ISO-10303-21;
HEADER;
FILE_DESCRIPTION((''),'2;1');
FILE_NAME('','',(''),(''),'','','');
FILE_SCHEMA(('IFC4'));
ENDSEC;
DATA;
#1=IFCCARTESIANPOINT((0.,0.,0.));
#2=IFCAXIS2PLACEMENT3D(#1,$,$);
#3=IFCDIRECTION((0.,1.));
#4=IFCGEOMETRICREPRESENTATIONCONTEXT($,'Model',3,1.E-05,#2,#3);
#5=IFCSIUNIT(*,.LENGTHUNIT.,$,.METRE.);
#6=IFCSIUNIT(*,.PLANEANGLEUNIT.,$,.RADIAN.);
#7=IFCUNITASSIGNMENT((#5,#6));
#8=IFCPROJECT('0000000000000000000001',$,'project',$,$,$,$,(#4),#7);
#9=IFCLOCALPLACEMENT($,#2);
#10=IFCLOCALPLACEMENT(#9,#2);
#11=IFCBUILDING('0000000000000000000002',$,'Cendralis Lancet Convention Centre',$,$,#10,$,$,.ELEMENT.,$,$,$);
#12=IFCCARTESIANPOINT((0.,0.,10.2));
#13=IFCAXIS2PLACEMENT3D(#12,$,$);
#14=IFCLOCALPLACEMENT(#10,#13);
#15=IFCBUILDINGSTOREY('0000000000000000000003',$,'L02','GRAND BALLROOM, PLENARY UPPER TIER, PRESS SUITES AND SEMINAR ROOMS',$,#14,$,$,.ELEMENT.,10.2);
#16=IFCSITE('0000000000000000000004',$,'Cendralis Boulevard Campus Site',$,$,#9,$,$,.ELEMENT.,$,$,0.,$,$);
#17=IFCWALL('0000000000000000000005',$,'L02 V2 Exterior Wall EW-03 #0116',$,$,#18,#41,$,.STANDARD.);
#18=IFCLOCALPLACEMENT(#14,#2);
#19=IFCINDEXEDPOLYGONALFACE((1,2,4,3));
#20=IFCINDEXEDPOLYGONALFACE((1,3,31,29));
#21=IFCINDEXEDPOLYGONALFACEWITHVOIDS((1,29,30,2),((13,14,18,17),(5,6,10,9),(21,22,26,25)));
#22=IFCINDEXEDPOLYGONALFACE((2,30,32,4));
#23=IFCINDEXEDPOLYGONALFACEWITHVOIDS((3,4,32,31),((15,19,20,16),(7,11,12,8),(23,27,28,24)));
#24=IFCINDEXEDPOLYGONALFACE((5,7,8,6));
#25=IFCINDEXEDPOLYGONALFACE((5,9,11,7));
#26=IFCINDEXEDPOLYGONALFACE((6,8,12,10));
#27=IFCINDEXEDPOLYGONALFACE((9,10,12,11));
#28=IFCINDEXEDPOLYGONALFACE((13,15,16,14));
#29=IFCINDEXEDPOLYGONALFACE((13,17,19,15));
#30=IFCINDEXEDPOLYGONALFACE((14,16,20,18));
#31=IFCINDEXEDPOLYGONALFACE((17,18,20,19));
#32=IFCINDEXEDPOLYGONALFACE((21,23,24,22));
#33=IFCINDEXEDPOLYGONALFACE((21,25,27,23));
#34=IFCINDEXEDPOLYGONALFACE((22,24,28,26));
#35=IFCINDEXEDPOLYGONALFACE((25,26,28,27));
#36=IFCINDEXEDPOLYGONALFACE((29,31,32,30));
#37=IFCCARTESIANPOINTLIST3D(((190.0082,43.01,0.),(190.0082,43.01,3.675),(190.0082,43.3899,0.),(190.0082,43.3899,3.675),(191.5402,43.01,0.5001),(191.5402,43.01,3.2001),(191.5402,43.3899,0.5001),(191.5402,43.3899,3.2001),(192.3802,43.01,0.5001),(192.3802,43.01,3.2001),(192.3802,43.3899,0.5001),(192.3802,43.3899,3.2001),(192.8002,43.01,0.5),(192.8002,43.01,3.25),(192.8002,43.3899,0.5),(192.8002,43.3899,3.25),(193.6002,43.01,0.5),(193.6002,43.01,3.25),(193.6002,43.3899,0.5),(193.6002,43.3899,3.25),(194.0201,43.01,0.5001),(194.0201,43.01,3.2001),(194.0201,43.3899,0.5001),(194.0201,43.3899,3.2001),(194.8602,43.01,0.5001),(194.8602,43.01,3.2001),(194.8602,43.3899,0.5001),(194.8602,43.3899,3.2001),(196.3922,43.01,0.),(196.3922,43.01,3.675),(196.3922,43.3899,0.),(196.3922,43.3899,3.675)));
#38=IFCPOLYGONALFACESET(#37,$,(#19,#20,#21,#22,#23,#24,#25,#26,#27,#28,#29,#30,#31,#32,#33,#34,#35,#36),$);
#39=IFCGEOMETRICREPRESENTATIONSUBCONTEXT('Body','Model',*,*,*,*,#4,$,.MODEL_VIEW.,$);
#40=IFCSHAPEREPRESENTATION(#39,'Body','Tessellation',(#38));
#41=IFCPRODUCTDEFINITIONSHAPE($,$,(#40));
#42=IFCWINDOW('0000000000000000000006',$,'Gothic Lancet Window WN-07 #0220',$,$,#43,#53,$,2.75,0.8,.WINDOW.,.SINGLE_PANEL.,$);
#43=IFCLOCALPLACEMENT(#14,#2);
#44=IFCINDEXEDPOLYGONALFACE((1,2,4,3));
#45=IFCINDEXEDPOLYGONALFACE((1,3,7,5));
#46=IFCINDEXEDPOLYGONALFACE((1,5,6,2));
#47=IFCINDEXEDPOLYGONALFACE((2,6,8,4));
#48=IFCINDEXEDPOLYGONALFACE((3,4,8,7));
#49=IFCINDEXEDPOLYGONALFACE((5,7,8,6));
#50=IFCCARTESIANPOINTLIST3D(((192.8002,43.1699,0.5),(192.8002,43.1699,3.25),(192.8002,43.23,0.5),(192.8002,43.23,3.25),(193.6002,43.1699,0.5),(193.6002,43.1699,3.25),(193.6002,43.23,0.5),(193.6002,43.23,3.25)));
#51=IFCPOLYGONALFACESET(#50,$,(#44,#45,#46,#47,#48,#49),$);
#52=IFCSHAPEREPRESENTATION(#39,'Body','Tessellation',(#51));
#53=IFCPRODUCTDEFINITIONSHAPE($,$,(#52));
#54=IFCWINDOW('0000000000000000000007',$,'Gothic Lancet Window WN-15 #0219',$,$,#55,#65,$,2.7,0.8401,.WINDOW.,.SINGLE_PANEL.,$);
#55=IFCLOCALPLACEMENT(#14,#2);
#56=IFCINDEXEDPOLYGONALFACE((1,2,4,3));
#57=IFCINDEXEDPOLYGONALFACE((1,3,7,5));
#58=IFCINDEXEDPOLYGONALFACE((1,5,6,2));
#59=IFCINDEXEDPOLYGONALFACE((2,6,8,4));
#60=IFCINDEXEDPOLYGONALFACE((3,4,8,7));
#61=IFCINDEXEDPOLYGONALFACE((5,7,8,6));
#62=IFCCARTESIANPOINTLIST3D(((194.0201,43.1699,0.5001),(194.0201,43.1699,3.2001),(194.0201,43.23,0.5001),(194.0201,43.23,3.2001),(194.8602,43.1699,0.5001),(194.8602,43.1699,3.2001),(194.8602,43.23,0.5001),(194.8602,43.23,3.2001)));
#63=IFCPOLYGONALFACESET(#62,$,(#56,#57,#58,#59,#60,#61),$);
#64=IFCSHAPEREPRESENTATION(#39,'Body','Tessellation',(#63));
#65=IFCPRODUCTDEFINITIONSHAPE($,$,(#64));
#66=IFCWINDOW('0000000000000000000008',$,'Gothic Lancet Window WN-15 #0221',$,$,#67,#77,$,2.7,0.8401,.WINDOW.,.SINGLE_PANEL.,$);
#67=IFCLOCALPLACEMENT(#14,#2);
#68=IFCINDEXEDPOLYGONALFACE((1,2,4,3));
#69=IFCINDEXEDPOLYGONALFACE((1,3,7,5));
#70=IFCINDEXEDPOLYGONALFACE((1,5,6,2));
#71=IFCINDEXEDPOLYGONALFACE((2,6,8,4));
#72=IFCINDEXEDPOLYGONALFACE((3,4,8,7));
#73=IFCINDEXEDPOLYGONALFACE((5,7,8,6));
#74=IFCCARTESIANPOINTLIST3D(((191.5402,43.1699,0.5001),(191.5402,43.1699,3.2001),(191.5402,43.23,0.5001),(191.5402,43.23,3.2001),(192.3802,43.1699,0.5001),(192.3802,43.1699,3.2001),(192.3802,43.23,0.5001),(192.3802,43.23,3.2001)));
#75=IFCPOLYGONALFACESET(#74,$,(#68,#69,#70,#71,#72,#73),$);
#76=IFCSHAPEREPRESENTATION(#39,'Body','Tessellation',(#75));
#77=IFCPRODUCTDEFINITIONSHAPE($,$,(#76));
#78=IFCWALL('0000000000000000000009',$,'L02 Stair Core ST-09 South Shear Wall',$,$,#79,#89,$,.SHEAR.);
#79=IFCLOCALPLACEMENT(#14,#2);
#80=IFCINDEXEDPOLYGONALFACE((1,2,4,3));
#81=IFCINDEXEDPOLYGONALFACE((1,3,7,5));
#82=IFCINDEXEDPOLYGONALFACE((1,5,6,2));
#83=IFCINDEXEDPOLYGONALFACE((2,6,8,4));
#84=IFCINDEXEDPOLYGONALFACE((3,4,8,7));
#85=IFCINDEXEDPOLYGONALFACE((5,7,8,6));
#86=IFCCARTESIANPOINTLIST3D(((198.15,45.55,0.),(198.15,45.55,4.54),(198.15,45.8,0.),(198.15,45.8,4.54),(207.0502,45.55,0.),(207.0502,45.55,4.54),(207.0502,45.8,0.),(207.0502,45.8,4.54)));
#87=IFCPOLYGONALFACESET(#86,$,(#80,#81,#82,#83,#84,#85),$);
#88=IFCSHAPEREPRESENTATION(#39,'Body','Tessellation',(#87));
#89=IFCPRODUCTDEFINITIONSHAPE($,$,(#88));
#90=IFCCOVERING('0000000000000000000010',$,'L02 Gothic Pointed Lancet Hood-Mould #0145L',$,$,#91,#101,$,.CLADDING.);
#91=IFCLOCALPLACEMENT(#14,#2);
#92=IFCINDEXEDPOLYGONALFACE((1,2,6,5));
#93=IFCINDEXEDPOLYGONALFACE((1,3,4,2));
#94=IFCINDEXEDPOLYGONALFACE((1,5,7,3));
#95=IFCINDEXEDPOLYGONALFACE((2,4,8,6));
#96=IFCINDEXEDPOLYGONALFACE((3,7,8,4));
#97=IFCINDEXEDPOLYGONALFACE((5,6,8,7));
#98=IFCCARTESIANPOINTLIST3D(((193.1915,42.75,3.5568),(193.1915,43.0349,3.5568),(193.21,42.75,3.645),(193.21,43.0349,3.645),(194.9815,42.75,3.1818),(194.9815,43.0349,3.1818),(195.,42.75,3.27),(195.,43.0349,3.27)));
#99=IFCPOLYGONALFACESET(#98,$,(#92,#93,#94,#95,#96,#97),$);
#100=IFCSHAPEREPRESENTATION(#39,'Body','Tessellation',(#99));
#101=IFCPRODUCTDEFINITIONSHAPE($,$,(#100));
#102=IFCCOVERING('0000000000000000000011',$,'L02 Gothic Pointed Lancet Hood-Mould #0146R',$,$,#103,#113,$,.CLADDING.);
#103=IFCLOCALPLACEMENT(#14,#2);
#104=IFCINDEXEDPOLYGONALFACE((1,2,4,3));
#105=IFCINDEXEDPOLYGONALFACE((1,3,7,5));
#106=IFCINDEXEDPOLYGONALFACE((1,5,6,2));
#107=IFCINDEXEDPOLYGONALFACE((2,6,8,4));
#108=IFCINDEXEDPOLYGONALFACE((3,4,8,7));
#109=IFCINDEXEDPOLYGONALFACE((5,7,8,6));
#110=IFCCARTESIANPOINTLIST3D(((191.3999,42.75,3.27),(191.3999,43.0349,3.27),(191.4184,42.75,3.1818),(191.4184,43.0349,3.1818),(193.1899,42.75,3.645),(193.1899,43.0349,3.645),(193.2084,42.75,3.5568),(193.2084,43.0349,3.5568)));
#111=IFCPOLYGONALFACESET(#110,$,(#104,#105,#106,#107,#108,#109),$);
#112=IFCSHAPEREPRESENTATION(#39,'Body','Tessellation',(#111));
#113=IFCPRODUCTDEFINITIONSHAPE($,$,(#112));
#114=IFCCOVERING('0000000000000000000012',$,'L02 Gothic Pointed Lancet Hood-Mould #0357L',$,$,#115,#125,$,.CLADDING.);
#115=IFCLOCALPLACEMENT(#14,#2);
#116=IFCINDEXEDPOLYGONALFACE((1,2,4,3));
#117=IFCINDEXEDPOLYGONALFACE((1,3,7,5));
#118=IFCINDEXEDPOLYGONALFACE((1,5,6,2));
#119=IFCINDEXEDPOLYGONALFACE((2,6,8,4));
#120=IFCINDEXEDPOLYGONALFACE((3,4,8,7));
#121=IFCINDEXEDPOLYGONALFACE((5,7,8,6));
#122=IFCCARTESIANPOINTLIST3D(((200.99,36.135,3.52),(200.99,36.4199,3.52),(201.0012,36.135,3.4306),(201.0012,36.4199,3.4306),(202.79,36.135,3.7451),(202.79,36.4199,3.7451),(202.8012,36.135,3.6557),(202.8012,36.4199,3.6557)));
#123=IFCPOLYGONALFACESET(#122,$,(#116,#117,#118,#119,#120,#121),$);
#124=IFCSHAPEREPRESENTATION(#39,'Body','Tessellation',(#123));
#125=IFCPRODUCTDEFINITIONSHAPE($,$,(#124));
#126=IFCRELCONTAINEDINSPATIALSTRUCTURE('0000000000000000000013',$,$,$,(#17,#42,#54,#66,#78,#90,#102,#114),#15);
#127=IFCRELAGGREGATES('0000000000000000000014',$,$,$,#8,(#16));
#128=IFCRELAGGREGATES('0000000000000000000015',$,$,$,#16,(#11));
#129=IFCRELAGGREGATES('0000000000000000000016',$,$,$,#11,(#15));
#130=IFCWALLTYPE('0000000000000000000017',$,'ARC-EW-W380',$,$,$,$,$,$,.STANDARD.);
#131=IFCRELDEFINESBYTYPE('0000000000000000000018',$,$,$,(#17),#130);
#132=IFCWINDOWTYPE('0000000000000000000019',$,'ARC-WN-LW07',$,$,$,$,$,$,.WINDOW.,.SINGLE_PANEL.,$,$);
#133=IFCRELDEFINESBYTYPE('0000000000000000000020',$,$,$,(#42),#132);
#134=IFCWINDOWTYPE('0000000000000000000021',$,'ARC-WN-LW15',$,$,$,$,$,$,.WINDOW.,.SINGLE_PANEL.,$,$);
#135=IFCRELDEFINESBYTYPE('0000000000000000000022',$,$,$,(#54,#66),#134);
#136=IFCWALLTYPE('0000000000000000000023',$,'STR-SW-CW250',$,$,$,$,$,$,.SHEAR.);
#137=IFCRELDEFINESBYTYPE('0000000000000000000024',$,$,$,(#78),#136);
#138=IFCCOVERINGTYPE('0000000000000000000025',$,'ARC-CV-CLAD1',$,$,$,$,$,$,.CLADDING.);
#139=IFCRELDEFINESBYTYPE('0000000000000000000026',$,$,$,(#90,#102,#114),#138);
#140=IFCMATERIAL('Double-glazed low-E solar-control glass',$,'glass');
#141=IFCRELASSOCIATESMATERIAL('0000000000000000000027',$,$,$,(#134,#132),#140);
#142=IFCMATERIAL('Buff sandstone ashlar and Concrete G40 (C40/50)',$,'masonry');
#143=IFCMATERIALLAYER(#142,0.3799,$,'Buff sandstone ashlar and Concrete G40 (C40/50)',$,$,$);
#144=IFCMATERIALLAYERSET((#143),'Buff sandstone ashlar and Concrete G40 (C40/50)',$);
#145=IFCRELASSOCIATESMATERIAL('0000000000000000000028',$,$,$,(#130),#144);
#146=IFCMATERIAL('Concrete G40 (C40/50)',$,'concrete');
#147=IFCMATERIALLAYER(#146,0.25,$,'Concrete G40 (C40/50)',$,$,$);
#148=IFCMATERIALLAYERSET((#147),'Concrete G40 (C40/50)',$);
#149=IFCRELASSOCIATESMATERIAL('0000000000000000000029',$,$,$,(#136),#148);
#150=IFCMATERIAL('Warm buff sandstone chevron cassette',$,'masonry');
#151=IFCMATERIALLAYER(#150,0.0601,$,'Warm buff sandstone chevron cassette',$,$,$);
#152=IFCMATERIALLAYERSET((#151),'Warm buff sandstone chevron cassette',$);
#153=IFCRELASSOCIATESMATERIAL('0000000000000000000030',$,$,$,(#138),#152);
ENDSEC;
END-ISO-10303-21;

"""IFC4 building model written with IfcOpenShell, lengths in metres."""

from ifc_helpers import new_model, si_unit, direction, frame, frame_2d, origin, place, context, subcontext, project, spatial, polyline, rectangle, outline, extrude, material, layer, layer_set, type_object, element, fill, save


model = new_model("IFC4")

# Units and contexts
model_context = context("Model", 3, precision=1e-05, world=origin(), true_north=direction((0.0, 1.0)))
body_context = subcontext(model_context, "Body", "Model", "MODEL_VIEW")
ifc_project = project(units=[si_unit("LENGTHUNIT", "METRE"), si_unit("PLANEANGLEUNIT", "RADIAN")], contexts=[model_context])

# Site, building, storey
site_placement = place(None, origin())
site = spatial("IfcSite", under=ifc_project, at=site_placement, Name="Cendralis Boulevard Campus Site", CompositionType="ELEMENT", RefElevation=0.0)
building_placement = place(site_placement, origin())
building = spatial("IfcBuilding", under=site, at=building_placement, Name="Cendralis Lancet Convention Centre", CompositionType="ELEMENT")
storey_placement = place(building_placement, frame((0.0, 0.0, 10.2)))
storey = spatial("IfcBuildingStorey", under=building, at=storey_placement, Name="L02", Description="GRAND BALLROOM, PLENARY UPPER TIER, PRESS SUITES AND SEMINAR ROOMS", CompositionType="ELEMENT", Elevation=10.2)

# Shared definitions
ifc_material_1 = material(Name="Concrete G40 (C40/50)", Category="concrete")

# Shared definitions
ifc_material_2 = material(Name="Double-glazed low-E solar-control glass", Category="glass")

# Wall, openings, windows
ifc_material_3 = material(Name="Buff sandstone ashlar and Concrete G40 (C40/50)", Category="masonry")
window_type_1 = type_object("IfcWindowType", Name="ARC-WN-LW15", PartitioningType="SINGLE_PANEL", PredefinedType="WINDOW", material=ifc_material_2)
ifc_layer_1 = layer(ifc_material_3, 0.3799, Name="Buff sandstone ashlar and Concrete G40 (C40/50)")
ifc_layer_set_1 = layer_set([ifc_layer_1], Name="Buff sandstone ashlar and Concrete G40 (C40/50)")
wall_type_1 = type_object("IfcWallType", Name="ARC-EW-W380", PredefinedType="STANDARD", material=ifc_layer_set_1)
wall_1_placement = place(storey_placement, frame((196.3921, 43.2, 0.0), z_axis=(0.0, 0.0, 1.0), x_axis=(-1.0, 0.0, 0.0)))
wall_1 = element("IfcWall", 1, at=wall_1_placement, inside=storey, type_object=wall_type_1, Name="L02 V2 Exterior Wall EW-03 #0116", PredefinedType="STANDARD", context=body_context, shape_type="SweptSolid", body=[
    extrude(rectangle(XDim=6.384, YDim=0.3799, at=frame_2d((3.1919, 0.0))), origin(), (0.0, 0.0, 1.0), 3.675),
])
opening_1_placement = place(wall_1_placement, frame((1.532, 0.0, 0.5)))
opening_1 = element("IfcOpeningElement", 2, at=opening_1_placement, cuts=wall_1, PredefinedType="OPENING", context=body_context, shape_type="SweptSolid", body=[
    extrude(rectangle(XDim=0.8401, YDim=2.7, at=frame_2d((0.4199, 1.3501))), frame((0.0, 0.2, 0.0), z_axis=(0.0, -1.0, 0.0), x_axis=(1.0, 0.0, 0.0)), (0.0, 0.0, 1.0), 0.3999),
])
opening_2_placement = place(wall_1_placement, frame((2.792, 0.0, 0.5)))
opening_2 = element("IfcOpeningElement", 3, at=opening_2_placement, cuts=wall_1, PredefinedType="OPENING", context=body_context, shape_type="SweptSolid", body=[
    extrude(rectangle(XDim=0.8, YDim=2.75, at=frame_2d((0.3999, 1.375))), frame((0.0, 0.2, 0.0), z_axis=(0.0, -1.0, 0.0), x_axis=(1.0, 0.0, 0.0)), (0.0, 0.0, 1.0), 0.3999),
])
opening_3_placement = place(wall_1_placement, frame((4.012, 0.0, 0.5)))
opening_3 = element("IfcOpeningElement", 4, at=opening_3_placement, cuts=wall_1, PredefinedType="OPENING", context=body_context, shape_type="SweptSolid", body=[
    extrude(rectangle(XDim=0.8401, YDim=2.7, at=frame_2d((0.4199, 1.3501))), frame((0.0, 0.2, 0.0), z_axis=(0.0, -1.0, 0.0), x_axis=(1.0, 0.0, 0.0)), (0.0, 0.0, 1.0), 0.3999),
])
window_type_2 = type_object("IfcWindowType", Name="ARC-WN-LW07", PartitioningType="SINGLE_PANEL", PredefinedType="WINDOW", material=ifc_material_2)
window_1_placement = place(opening_2_placement, origin())
window_1 = element("IfcWindow", 5, at=window_1_placement, inside=storey, type_object=window_type_2, Name="Gothic Lancet Window WN-07 #0220", OverallHeight=2.75, OverallWidth=0.8, PartitioningType="SINGLE_PANEL", PredefinedType="WINDOW", context=body_context, shape_type="SweptSolid", body=[
    extrude(rectangle(XDim=0.8, YDim=2.75, at=frame_2d((0.3999, 1.375))), frame((0.0, 0.03, 0.0), z_axis=(0.0, -1.0, 0.0), x_axis=(1.0, 0.0, 0.0)), (0.0, 0.0, 1.0), 0.0601),
])
fill(opening_2, window_1)
window_2_placement = place(opening_1_placement, origin())
window_2 = element("IfcWindow", 6, at=window_2_placement, inside=storey, type_object=window_type_1, Name="Gothic Lancet Window WN-15 #0219", OverallHeight=2.7, OverallWidth=0.8401, PartitioningType="SINGLE_PANEL", PredefinedType="WINDOW", context=body_context, shape_type="SweptSolid", body=[
    extrude(rectangle(XDim=0.8401, YDim=2.7, at=frame_2d((0.4199, 1.3501))), frame((0.0, 0.03, 0.0), z_axis=(0.0, -1.0, 0.0), x_axis=(1.0, 0.0, 0.0)), (0.0, 0.0, 1.0), 0.0601),
])
fill(opening_1, window_2)
window_3_placement = place(opening_3_placement, origin())
window_3 = element("IfcWindow", 7, at=window_3_placement, inside=storey, type_object=window_type_1, Name="Gothic Lancet Window WN-15 #0221", OverallHeight=2.7, OverallWidth=0.8401, PartitioningType="SINGLE_PANEL", PredefinedType="WINDOW", context=body_context, shape_type="SweptSolid", body=[
    extrude(rectangle(XDim=0.8401, YDim=2.7, at=frame_2d((0.4199, 1.3501))), frame((0.0, 0.03, 0.0), z_axis=(0.0, -1.0, 0.0), x_axis=(1.0, 0.0, 0.0)), (0.0, 0.0, 1.0), 0.0601),
])
fill(opening_3, window_3)

# Shared definitions
ifc_layer_2 = layer(ifc_material_1, 0.25, Name="Concrete G40 (C40/50)")
ifc_layer_set_2 = layer_set([ifc_layer_2], Name="Concrete G40 (C40/50)")
wall_type_2 = type_object("IfcWallType", Name="STR-SW-CW250", PredefinedType="SHEAR", material=ifc_layer_set_2)

# Wall
wall_2_placement = place(storey_placement, frame((198.1499, 45.675, 0.0), z_axis=(0.0, 0.0, 1.0), x_axis=(1.0, 0.0, 0.0)))
element("IfcWall", 8, at=wall_2_placement, inside=storey, type_object=wall_type_2, Name="L02 Stair Core ST-09 South Shear Wall", PredefinedType="SHEAR", context=body_context, shape_type="SweptSolid", body=[
    extrude(rectangle(XDim=8.9001, YDim=0.25, at=frame_2d((4.4502, 0.0))), origin(), (0.0, 0.0, 1.0), 4.54),
])

# Coverings
ifc_material_4 = material(Name="Warm buff sandstone chevron cassette", Category="masonry")
ifc_layer_3 = layer(ifc_material_4, 0.0601, Name="Warm buff sandstone chevron cassette")
ifc_layer_set_3 = layer_set([ifc_layer_3], Name="Warm buff sandstone chevron cassette")
covering_type = type_object("IfcCoveringType", Name="ARC-CV-CLAD1", PredefinedType="CLADDING", material=ifc_layer_set_3)
for number, where, z_axis, x_axis, name in (
    (9, (195.0, 42.75, 3.27), (0.205042, 0.0, 0.978753), (0.0, 1.0, 0.0), "L02 Gothic Pointed Lancet Hood-Mould #0145L"),
    (10, (193.1899, 42.75, 3.645), (-0.205042, 0.0, 0.978753), (0.0, 1.0, 0.0), "L02 Gothic Pointed Lancet Hood-Mould #0146R"),
):
    element("IfcCovering", number, at=place(storey_placement, frame(where, z_axis=z_axis, x_axis=x_axis)), inside=storey, type_object=covering_type, Name=name, PredefinedType="CLADDING", context=body_context, shape_type="SweptSolid", body=[
        extrude(outline(polyline([(0.0, 0.0), (0.2849, 0.0), (0.2849, 1.8289), (0.0, 1.8289), (0.0, 0.0)])), origin(), (0.0, 0.0, -1.0), 0.0901),
    ])
covering_placement = place(storey_placement, frame((200.99, 36.4199, 3.52), z_axis=(-0.124084, 0.0, 0.992272), x_axis=(0.0, -1.0, 0.0)))
element("IfcCovering", 11, at=covering_placement, inside=storey, type_object=covering_type, Name="L02 Gothic Pointed Lancet Hood-Mould #0357L", PredefinedType="CLADDING", context=body_context, shape_type="SweptSolid", body=[
    extrude(outline(polyline([(0.0, 0.0), (0.2849, 0.0), (0.2849, 1.8141), (0.0, 1.8141), (0.0, 0.0)])), origin(), (0.0, 0.0, -1.0), 0.0901),
])

save(model, "model.ifc")
